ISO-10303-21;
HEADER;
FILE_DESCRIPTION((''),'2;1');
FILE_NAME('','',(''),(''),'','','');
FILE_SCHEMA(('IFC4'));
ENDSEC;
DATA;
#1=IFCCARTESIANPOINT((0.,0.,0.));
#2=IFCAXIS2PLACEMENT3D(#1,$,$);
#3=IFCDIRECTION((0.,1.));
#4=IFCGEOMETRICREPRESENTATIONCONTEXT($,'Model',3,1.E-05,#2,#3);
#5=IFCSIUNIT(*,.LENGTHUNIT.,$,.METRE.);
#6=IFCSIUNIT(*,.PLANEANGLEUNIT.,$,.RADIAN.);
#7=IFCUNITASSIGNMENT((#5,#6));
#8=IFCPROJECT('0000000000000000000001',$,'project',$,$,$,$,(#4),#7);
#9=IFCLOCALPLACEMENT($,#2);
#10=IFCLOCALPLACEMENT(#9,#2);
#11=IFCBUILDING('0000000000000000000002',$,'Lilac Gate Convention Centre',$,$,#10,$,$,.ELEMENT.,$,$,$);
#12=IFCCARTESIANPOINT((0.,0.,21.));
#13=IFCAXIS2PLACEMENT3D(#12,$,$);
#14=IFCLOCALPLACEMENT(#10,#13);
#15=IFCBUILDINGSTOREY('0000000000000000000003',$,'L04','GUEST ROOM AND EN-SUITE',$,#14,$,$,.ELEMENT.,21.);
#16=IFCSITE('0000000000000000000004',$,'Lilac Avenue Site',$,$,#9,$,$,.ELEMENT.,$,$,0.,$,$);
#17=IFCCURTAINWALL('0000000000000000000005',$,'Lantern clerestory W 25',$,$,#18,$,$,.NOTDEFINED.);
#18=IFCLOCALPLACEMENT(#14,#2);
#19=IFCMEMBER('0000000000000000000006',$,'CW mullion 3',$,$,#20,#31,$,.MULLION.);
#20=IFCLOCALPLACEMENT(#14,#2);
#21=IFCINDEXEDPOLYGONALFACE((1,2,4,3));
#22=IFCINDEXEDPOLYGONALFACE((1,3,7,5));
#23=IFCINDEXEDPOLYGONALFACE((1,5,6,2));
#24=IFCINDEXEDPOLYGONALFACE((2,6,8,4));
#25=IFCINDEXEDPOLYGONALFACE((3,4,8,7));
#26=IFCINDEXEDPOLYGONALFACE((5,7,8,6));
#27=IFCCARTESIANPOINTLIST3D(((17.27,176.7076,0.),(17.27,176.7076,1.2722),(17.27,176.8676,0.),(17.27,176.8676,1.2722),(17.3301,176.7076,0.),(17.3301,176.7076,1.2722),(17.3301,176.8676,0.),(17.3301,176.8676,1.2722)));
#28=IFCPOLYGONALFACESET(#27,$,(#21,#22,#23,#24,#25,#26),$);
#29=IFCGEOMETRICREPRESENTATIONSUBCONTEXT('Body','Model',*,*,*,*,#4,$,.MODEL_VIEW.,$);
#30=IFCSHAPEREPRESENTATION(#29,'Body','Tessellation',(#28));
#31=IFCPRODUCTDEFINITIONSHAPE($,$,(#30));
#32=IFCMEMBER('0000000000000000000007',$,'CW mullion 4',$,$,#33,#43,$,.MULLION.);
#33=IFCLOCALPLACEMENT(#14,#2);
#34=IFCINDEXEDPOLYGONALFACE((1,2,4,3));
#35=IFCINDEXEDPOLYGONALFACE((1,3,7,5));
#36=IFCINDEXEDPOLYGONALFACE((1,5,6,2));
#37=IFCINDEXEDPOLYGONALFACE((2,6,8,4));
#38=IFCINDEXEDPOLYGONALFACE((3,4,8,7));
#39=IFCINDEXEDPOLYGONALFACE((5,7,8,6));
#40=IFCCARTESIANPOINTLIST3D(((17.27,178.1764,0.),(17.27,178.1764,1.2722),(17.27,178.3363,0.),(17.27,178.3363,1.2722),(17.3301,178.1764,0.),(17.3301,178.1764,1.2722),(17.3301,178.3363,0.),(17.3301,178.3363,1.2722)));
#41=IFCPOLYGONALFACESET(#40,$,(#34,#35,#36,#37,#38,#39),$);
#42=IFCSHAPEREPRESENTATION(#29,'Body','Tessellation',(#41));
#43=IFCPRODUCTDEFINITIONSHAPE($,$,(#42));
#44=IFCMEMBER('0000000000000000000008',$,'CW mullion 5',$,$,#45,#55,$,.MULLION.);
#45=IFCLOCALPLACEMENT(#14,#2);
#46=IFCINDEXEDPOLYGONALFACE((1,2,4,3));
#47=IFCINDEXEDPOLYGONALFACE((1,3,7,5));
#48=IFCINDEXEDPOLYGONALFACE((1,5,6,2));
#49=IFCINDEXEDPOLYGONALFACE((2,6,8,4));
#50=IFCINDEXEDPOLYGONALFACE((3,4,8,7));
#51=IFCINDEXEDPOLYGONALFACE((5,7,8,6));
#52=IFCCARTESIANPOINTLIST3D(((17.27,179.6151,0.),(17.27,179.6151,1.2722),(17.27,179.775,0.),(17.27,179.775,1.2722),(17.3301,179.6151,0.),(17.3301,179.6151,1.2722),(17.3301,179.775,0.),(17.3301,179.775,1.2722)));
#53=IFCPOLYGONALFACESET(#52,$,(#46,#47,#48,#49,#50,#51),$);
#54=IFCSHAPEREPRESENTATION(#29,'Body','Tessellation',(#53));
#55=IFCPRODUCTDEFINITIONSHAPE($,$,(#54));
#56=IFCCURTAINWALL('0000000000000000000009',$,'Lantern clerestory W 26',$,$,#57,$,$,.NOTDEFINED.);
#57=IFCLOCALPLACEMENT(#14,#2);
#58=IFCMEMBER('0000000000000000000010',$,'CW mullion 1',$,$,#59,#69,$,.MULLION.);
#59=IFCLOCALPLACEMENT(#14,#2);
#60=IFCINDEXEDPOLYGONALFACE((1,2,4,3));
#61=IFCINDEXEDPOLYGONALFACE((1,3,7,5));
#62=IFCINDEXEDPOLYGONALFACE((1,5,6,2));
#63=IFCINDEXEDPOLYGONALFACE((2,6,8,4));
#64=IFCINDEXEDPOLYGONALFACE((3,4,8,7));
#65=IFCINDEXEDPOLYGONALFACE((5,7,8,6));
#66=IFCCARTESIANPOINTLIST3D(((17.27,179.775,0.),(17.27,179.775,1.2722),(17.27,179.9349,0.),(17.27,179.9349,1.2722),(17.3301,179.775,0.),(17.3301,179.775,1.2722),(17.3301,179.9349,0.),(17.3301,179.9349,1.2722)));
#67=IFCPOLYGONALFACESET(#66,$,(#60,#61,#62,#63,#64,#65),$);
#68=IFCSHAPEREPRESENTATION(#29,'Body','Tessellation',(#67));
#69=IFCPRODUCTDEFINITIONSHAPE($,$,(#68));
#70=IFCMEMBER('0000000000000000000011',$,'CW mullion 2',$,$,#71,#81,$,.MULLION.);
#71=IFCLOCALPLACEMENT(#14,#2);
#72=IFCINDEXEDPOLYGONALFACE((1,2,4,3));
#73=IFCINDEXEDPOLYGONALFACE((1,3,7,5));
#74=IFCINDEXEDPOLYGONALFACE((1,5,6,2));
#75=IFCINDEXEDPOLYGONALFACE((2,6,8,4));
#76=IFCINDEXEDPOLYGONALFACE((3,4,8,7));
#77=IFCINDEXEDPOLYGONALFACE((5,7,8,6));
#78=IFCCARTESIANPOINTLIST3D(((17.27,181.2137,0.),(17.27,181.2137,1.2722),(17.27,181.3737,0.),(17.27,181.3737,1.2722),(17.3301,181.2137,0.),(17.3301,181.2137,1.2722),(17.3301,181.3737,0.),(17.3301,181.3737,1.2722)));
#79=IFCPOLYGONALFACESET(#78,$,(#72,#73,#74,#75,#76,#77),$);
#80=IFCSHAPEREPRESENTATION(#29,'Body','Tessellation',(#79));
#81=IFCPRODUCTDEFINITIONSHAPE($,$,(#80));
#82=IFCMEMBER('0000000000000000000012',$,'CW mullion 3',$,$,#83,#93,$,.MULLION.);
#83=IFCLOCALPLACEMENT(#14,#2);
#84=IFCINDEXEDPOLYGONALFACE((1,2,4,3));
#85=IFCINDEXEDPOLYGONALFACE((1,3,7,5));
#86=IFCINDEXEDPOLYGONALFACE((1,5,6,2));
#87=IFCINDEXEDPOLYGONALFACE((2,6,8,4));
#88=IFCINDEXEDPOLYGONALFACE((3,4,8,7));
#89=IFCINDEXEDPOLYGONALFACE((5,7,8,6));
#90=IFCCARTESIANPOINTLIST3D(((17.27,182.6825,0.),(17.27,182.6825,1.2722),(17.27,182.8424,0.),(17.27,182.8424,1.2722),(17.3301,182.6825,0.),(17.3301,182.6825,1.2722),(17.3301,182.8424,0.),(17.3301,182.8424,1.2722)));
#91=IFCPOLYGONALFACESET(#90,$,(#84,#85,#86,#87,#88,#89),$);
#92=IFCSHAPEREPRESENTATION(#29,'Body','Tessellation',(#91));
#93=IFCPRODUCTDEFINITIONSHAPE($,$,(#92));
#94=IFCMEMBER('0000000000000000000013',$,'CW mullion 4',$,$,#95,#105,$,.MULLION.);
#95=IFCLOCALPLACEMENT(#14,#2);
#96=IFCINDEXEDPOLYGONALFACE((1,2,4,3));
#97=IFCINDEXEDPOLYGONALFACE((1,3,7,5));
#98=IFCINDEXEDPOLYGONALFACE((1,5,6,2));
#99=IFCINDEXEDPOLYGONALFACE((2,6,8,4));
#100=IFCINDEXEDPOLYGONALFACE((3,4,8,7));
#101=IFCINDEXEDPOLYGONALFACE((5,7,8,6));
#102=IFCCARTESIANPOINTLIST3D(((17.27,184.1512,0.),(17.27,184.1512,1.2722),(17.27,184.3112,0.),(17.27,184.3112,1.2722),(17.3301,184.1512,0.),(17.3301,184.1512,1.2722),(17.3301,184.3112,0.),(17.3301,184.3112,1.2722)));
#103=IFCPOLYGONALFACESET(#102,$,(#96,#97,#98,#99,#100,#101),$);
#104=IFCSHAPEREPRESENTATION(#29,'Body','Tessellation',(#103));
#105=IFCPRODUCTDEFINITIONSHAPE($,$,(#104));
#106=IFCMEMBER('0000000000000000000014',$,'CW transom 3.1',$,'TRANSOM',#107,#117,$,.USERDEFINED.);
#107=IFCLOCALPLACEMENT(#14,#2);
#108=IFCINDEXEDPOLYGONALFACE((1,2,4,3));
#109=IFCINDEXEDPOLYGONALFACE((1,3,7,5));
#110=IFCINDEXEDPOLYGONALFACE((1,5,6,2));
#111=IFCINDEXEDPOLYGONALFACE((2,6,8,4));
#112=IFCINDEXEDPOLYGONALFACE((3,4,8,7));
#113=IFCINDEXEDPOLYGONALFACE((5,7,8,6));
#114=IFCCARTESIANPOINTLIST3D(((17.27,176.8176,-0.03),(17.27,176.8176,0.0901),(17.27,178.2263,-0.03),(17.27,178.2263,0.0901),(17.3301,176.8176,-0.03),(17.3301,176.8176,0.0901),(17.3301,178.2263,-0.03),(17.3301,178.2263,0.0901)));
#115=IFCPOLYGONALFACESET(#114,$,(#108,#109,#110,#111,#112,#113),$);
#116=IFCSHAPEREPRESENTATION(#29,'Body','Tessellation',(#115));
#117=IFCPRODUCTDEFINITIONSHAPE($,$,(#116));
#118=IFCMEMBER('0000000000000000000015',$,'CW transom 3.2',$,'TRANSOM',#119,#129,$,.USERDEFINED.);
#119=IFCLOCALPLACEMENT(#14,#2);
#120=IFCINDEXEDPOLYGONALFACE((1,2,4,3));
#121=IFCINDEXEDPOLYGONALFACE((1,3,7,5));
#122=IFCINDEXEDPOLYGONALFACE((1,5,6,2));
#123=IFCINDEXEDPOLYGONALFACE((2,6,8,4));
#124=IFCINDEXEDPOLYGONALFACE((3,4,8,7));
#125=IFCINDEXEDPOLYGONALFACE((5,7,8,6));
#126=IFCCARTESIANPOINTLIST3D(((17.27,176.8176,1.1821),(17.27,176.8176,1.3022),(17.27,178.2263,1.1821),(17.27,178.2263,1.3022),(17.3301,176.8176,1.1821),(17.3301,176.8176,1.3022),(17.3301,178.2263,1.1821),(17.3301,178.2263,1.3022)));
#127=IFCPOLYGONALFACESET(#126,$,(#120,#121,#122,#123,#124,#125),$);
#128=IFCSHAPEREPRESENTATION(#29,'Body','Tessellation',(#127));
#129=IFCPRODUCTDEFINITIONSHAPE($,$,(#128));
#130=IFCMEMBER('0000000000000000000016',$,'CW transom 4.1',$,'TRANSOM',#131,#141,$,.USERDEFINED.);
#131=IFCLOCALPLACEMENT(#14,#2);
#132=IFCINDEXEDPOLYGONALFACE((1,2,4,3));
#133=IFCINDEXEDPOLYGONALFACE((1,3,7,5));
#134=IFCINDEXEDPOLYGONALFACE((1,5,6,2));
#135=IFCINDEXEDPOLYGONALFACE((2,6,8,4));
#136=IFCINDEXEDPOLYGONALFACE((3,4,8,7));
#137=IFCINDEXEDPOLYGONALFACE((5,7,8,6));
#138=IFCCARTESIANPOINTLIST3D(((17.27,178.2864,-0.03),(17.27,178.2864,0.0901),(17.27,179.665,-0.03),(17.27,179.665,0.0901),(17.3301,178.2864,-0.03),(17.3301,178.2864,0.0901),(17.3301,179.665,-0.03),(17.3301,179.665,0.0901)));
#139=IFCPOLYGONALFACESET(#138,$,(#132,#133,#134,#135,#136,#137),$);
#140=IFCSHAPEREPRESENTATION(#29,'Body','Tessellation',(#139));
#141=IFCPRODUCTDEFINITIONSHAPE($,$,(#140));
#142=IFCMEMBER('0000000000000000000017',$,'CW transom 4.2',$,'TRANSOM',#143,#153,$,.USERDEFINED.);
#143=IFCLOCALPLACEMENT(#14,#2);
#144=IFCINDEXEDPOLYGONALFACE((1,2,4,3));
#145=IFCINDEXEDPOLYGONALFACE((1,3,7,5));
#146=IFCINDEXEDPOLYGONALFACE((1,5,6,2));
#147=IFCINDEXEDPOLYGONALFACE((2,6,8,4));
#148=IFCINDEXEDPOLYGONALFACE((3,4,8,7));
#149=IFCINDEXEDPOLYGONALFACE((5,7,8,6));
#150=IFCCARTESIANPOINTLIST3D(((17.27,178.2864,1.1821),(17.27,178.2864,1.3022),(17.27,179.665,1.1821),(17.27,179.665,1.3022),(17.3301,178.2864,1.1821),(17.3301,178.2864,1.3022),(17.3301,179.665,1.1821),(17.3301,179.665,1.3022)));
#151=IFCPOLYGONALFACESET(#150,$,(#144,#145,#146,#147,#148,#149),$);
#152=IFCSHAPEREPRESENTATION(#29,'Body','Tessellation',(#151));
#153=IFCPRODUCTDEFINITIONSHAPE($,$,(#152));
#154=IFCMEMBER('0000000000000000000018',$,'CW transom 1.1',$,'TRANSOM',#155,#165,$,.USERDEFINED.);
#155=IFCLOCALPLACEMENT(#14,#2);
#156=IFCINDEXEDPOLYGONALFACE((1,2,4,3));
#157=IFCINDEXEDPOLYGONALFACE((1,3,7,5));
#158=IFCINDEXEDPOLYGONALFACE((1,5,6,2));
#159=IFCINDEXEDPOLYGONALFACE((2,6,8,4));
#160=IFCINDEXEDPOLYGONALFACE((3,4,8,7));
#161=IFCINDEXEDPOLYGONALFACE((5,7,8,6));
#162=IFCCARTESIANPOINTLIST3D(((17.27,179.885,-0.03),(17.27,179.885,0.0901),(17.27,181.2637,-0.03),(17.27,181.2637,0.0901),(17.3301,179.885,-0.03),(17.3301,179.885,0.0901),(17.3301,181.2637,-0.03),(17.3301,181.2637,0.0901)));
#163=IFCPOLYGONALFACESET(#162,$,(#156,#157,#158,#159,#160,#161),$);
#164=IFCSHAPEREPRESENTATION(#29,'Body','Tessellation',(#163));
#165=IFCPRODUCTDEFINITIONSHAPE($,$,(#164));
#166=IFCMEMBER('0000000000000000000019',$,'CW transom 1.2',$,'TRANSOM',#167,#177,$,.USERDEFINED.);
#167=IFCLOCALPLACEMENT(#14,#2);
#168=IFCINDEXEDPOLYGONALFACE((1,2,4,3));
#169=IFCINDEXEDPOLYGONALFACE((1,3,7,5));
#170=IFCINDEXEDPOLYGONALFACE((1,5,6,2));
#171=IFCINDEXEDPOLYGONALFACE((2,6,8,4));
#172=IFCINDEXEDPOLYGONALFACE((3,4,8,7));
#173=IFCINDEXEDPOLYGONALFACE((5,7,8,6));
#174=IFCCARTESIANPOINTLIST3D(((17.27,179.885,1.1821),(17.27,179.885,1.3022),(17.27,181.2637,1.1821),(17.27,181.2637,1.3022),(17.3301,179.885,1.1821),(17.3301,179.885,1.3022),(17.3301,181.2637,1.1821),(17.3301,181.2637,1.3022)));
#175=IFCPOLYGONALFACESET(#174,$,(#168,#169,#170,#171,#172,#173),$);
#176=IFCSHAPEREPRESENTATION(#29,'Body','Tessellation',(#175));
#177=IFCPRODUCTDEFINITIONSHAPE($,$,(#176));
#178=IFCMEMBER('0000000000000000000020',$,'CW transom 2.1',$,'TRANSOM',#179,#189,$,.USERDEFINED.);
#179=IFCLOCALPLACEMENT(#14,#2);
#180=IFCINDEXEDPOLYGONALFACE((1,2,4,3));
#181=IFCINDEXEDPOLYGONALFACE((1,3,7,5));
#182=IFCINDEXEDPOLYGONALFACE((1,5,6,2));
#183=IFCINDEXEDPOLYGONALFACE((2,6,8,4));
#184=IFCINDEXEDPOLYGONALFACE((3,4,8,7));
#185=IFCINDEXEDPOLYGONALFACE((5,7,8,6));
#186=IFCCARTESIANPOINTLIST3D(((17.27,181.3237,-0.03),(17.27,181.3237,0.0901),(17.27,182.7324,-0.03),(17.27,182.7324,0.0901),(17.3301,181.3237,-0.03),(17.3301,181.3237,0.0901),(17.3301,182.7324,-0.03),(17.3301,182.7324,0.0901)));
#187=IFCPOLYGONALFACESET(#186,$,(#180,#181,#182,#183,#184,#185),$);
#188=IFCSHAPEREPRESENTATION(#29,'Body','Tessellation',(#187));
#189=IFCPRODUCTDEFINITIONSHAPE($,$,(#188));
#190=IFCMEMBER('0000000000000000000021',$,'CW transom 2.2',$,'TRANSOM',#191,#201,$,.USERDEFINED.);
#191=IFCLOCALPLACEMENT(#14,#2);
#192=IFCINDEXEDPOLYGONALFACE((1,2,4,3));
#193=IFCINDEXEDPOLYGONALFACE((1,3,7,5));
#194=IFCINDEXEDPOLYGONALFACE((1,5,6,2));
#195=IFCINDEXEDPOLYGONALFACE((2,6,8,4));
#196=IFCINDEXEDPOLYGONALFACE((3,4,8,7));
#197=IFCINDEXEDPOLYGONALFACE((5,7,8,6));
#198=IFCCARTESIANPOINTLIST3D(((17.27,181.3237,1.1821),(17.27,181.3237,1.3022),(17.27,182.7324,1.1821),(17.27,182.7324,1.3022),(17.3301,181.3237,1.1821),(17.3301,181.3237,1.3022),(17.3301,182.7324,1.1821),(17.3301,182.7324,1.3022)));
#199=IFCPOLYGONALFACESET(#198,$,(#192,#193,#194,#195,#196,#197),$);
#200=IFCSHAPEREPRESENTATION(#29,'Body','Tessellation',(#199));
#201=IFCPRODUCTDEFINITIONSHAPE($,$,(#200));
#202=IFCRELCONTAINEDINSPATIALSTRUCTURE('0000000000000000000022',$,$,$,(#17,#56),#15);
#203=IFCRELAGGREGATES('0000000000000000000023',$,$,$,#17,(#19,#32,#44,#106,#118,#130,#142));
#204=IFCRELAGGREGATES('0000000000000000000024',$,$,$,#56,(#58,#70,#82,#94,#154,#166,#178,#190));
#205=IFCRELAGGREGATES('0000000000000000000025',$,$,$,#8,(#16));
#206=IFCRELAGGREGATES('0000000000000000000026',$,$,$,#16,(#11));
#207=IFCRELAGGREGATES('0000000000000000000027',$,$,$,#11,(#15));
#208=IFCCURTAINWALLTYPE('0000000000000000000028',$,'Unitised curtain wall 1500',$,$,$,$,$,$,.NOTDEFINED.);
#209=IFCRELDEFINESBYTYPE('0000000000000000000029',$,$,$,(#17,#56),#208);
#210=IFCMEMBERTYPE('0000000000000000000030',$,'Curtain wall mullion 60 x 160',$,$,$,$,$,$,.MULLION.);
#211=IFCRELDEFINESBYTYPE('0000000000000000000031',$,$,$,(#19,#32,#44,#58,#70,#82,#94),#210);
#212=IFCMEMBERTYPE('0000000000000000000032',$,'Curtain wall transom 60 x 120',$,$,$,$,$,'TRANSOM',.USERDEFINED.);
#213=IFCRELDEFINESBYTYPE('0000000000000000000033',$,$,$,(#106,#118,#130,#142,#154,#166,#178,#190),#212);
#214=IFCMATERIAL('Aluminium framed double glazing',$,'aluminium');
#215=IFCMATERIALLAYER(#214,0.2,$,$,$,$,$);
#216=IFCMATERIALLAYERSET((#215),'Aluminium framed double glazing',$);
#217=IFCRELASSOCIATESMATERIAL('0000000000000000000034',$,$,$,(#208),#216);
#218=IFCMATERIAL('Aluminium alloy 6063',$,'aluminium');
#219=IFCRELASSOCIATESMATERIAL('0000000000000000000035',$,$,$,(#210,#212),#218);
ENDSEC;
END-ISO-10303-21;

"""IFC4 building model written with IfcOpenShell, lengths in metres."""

from ifc_helpers import new_model, si_unit, direction, frame, origin, origin_2d, place, context, subcontext, project, spatial, rectangle, extrude, material, layer, layer_set, material_profile, profile_set, type_object, element, aggregate, save


model = new_model("IFC4")

# Units and contexts
model_context = context("Model", 3, precision=1e-05, world=origin(), true_north=direction((0.0, 1.0)))
body_context = subcontext(model_context, "Body", "Model", "MODEL_VIEW")
ifc_project = project(units=[si_unit("LENGTHUNIT", "METRE"), si_unit("PLANEANGLEUNIT", "RADIAN")], contexts=[model_context])

# Site, building, storey
site_placement = place(None, origin())
site = spatial("IfcSite", under=ifc_project, at=site_placement, Name="Lilac Avenue Site", CompositionType="ELEMENT", RefElevation=0.0)
building_placement = place(site_placement, origin())
building = spatial("IfcBuilding", under=site, at=building_placement, Name="Lilac Gate Convention Centre", CompositionType="ELEMENT")
storey_placement = place(building_placement, frame((0.0, 0.0, 21.0)))
storey = spatial("IfcBuildingStorey", under=building, at=storey_placement, Name="L04", Description="GUEST ROOM AND EN-SUITE", CompositionType="ELEMENT", Elevation=21.0)

# Curtain walls, members
ifc_material_1 = material(Name="Aluminium framed double glazing", Category="aluminium")
ifc_layer_1 = layer(ifc_material_1, 0.2)
ifc_layer_set_1 = layer_set([ifc_layer_1], Name="Aluminium framed double glazing")
curtain_wall_type = type_object("IfcCurtainWallType", Name="Unitised curtain wall 1500", PredefinedType="NOTDEFINED", material=ifc_layer_set_1)
curtain_wall_1_placement = place(storey_placement, origin())
curtain_wall_1 = element("IfcCurtainWall", 1, at=curtain_wall_1_placement, inside=storey, type_object=curtain_wall_type, Name="Lantern clerestory W 25", PredefinedType="NOTDEFINED")
ifc_material_2 = material(Name="Aluminium alloy 6063", Category="aluminium")
ifc_material_profile_1 = material_profile(ifc_material_2, rectangle(XDim=0.0601, YDim=0.1599, at=origin_2d()), Name="Curtain wall mullion 60 x 160")
ifc_profile_set_1 = profile_set([ifc_material_profile_1], Name="Aluminium alloy 6063")
member_type_1 = type_object("IfcMemberType", Name="Curtain wall mullion 60 x 160", PredefinedType="MULLION", material=ifc_profile_set_1)
member_1_placement = place(storey_placement, frame((17.3, 176.7876, 0.0), z_axis=(0.0, 0.0, 1.0), x_axis=(-1.0, 0.0, 0.0)))
member_1 = element("IfcMember", 2, at=member_1_placement, type_object=member_type_1, Name="CW mullion 3", PredefinedType="MULLION", context=body_context, shape_type="SweptSolid", body=[
    extrude(rectangle(XDim=0.0601, YDim=0.1599, at=origin_2d()), origin(), (0.0, 0.0, 1.0), 1.2722),
])
member_2_placement = place(storey_placement, frame((17.3, 178.2563, 0.0), z_axis=(0.0, 0.0, 1.0), x_axis=(-1.0, 0.0, 0.0)))
member_2 = element("IfcMember", 3, at=member_2_placement, type_object=member_type_1, Name="CW mullion 4", PredefinedType="MULLION", context=body_context, shape_type="SweptSolid", body=[
    extrude(rectangle(XDim=0.0601, YDim=0.1599, at=origin_2d()), origin(), (0.0, 0.0, 1.0), 1.2722),
])
member_3_placement = place(storey_placement, frame((17.3, 179.6951, 0.0), z_axis=(0.0, 0.0, 1.0), x_axis=(-1.0, 0.0, 0.0)))
member_3 = element("IfcMember", 4, at=member_3_placement, type_object=member_type_1, Name="CW mullion 5", PredefinedType="MULLION", context=body_context, shape_type="SweptSolid", body=[
    extrude(rectangle(XDim=0.0601, YDim=0.1599, at=origin_2d()), origin(), (0.0, 0.0, 1.0), 1.2722),
])
curtain_wall_2_placement = place(storey_placement, origin())
curtain_wall_2 = element("IfcCurtainWall", 5, at=curtain_wall_2_placement, inside=storey, type_object=curtain_wall_type, Name="Lantern clerestory W 26", PredefinedType="NOTDEFINED")
member_4_placement = place(storey_placement, frame((17.3, 179.855, 0.0), z_axis=(0.0, 0.0, 1.0), x_axis=(-1.0, 0.0, 0.0)))
member_4 = element("IfcMember", 6, at=member_4_placement, type_object=member_type_1, Name="CW mullion 1", PredefinedType="MULLION", context=body_context, shape_type="SweptSolid", body=[
    extrude(rectangle(XDim=0.0601, YDim=0.1599, at=origin_2d()), origin(), (0.0, 0.0, 1.0), 1.2722),
])
member_5_placement = place(storey_placement, frame((17.3, 181.2937, 0.0), z_axis=(0.0, 0.0, 1.0), x_axis=(-1.0, 0.0, 0.0)))
member_5 = element("IfcMember", 7, at=member_5_placement, type_object=member_type_1, Name="CW mullion 2", PredefinedType="MULLION", context=body_context, shape_type="SweptSolid", body=[
    extrude(rectangle(XDim=0.0601, YDim=0.1599, at=origin_2d()), origin(), (0.0, 0.0, 1.0), 1.2722),
])
member_6_placement = place(storey_placement, frame((17.3, 182.7625, 0.0), z_axis=(0.0, 0.0, 1.0), x_axis=(-1.0, 0.0, 0.0)))
member_6 = element("IfcMember", 8, at=member_6_placement, type_object=member_type_1, Name="CW mullion 3", PredefinedType="MULLION", context=body_context, shape_type="SweptSolid", body=[
    extrude(rectangle(XDim=0.0601, YDim=0.1599, at=origin_2d()), origin(), (0.0, 0.0, 1.0), 1.2722),
])
member_7_placement = place(storey_placement, frame((17.3, 184.2312, 0.0), z_axis=(0.0, 0.0, 1.0), x_axis=(-1.0, 0.0, 0.0)))
member_7 = element("IfcMember", 9, at=member_7_placement, type_object=member_type_1, Name="CW mullion 4", PredefinedType="MULLION", context=body_context, shape_type="SweptSolid", body=[
    extrude(rectangle(XDim=0.0601, YDim=0.1599, at=origin_2d()), origin(), (0.0, 0.0, 1.0), 1.2722),
])

# Members
ifc_material_profile_2 = material_profile(ifc_material_2, rectangle(XDim=0.0601, YDim=0.1201, at=origin_2d()), Name="Curtain wall transom 60 x 120")
ifc_profile_set_2 = profile_set([ifc_material_profile_2], Name="Aluminium alloy 6063")
member_type_2 = type_object("IfcMemberType", Name="Curtain wall transom 60 x 120", ElementType="TRANSOM", PredefinedType="USERDEFINED", material=ifc_profile_set_2)
member_8_placement = place(storey_placement, frame((17.3, 176.8176, 0.03), z_axis=(0.0, 1.0, 0.0), x_axis=(-1.0, 0.0, 0.0)))
member_8 = element("IfcMember", 10, at=member_8_placement, type_object=member_type_2, Name="CW transom 3.1", ObjectType="TRANSOM", PredefinedType="USERDEFINED", context=body_context, shape_type="SweptSolid", body=[
    extrude(rectangle(XDim=0.0601, YDim=0.1201, at=origin_2d()), origin(), (0.0, 0.0, 1.0), 1.4087),
])
member_9_placement = place(storey_placement, frame((17.3, 176.8176, 1.2422), z_axis=(0.0, 1.0, 0.0), x_axis=(-1.0, 0.0, 0.0)))
member_9 = element("IfcMember", 11, at=member_9_placement, type_object=member_type_2, Name="CW transom 3.2", ObjectType="TRANSOM", PredefinedType="USERDEFINED", context=body_context, shape_type="SweptSolid", body=[
    extrude(rectangle(XDim=0.0601, YDim=0.1201, at=origin_2d()), origin(), (0.0, 0.0, 1.0), 1.4087),
])
member_10_placement = place(storey_placement, frame((17.3, 178.2864, 0.03), z_axis=(0.0, 1.0, 0.0), x_axis=(-1.0, 0.0, 0.0)))
member_10 = element("IfcMember", 12, at=member_10_placement, type_object=member_type_2, Name="CW transom 4.1", ObjectType="TRANSOM", PredefinedType="USERDEFINED", context=body_context, shape_type="SweptSolid", body=[
    extrude(rectangle(XDim=0.0601, YDim=0.1201, at=origin_2d()), origin(), (0.0, 0.0, 1.0), 1.3787),
])
member_11_placement = place(storey_placement, frame((17.3, 178.2864, 1.2422), z_axis=(0.0, 1.0, 0.0), x_axis=(-1.0, 0.0, 0.0)))
member_11 = element("IfcMember", 13, at=member_11_placement, type_object=member_type_2, Name="CW transom 4.2", ObjectType="TRANSOM", PredefinedType="USERDEFINED", context=body_context, shape_type="SweptSolid", body=[
    extrude(rectangle(XDim=0.0601, YDim=0.1201, at=origin_2d()), origin(), (0.0, 0.0, 1.0), 1.3787),
])
member_12_placement = place(storey_placement, frame((17.3, 179.885, 0.03), z_axis=(0.0, 1.0, 0.0), x_axis=(-1.0, 0.0, 0.0)))
member_12 = element("IfcMember", 14, at=member_12_placement, type_object=member_type_2, Name="CW transom 1.1", ObjectType="TRANSOM", PredefinedType="USERDEFINED", context=body_context, shape_type="SweptSolid", body=[
    extrude(rectangle(XDim=0.0601, YDim=0.1201, at=origin_2d()), origin(), (0.0, 0.0, 1.0), 1.3787),
])
member_13_placement = place(storey_placement, frame((17.3, 179.885, 1.2422), z_axis=(0.0, 1.0, 0.0), x_axis=(-1.0, 0.0, 0.0)))
member_13 = element("IfcMember", 15, at=member_13_placement, type_object=member_type_2, Name="CW transom 1.2", ObjectType="TRANSOM", PredefinedType="USERDEFINED", context=body_context, shape_type="SweptSolid", body=[
    extrude(rectangle(XDim=0.0601, YDim=0.1201, at=origin_2d()), origin(), (0.0, 0.0, 1.0), 1.3787),
])
member_14_placement = place(storey_placement, frame((17.3, 181.3237, 0.03), z_axis=(0.0, 1.0, 0.0), x_axis=(-1.0, 0.0, 0.0)))
member_14 = element("IfcMember", 16, at=member_14_placement, type_object=member_type_2, Name="CW transom 2.1", ObjectType="TRANSOM", PredefinedType="USERDEFINED", context=body_context, shape_type="SweptSolid", body=[
    extrude(rectangle(XDim=0.0601, YDim=0.1201, at=origin_2d()), origin(), (0.0, 0.0, 1.0), 1.4087),
])
member_15_placement = place(storey_placement, frame((17.3, 181.3237, 1.2422), z_axis=(0.0, 1.0, 0.0), x_axis=(-1.0, 0.0, 0.0)))
member_15 = element("IfcMember", 17, at=member_15_placement, type_object=member_type_2, Name="CW transom 2.2", ObjectType="TRANSOM", PredefinedType="USERDEFINED", context=body_context, shape_type="SweptSolid", body=[
    extrude(rectangle(XDim=0.0601, YDim=0.1201, at=origin_2d()), origin(), (0.0, 0.0, 1.0), 1.4087),
])

aggregate(curtain_wall_1, [member_1, member_2, member_3, member_8, member_9, member_10, member_11])
aggregate(curtain_wall_2, [member_4, member_5, member_6, member_7, member_12, member_13, member_14, member_15])

save(model, "model.ifc")
